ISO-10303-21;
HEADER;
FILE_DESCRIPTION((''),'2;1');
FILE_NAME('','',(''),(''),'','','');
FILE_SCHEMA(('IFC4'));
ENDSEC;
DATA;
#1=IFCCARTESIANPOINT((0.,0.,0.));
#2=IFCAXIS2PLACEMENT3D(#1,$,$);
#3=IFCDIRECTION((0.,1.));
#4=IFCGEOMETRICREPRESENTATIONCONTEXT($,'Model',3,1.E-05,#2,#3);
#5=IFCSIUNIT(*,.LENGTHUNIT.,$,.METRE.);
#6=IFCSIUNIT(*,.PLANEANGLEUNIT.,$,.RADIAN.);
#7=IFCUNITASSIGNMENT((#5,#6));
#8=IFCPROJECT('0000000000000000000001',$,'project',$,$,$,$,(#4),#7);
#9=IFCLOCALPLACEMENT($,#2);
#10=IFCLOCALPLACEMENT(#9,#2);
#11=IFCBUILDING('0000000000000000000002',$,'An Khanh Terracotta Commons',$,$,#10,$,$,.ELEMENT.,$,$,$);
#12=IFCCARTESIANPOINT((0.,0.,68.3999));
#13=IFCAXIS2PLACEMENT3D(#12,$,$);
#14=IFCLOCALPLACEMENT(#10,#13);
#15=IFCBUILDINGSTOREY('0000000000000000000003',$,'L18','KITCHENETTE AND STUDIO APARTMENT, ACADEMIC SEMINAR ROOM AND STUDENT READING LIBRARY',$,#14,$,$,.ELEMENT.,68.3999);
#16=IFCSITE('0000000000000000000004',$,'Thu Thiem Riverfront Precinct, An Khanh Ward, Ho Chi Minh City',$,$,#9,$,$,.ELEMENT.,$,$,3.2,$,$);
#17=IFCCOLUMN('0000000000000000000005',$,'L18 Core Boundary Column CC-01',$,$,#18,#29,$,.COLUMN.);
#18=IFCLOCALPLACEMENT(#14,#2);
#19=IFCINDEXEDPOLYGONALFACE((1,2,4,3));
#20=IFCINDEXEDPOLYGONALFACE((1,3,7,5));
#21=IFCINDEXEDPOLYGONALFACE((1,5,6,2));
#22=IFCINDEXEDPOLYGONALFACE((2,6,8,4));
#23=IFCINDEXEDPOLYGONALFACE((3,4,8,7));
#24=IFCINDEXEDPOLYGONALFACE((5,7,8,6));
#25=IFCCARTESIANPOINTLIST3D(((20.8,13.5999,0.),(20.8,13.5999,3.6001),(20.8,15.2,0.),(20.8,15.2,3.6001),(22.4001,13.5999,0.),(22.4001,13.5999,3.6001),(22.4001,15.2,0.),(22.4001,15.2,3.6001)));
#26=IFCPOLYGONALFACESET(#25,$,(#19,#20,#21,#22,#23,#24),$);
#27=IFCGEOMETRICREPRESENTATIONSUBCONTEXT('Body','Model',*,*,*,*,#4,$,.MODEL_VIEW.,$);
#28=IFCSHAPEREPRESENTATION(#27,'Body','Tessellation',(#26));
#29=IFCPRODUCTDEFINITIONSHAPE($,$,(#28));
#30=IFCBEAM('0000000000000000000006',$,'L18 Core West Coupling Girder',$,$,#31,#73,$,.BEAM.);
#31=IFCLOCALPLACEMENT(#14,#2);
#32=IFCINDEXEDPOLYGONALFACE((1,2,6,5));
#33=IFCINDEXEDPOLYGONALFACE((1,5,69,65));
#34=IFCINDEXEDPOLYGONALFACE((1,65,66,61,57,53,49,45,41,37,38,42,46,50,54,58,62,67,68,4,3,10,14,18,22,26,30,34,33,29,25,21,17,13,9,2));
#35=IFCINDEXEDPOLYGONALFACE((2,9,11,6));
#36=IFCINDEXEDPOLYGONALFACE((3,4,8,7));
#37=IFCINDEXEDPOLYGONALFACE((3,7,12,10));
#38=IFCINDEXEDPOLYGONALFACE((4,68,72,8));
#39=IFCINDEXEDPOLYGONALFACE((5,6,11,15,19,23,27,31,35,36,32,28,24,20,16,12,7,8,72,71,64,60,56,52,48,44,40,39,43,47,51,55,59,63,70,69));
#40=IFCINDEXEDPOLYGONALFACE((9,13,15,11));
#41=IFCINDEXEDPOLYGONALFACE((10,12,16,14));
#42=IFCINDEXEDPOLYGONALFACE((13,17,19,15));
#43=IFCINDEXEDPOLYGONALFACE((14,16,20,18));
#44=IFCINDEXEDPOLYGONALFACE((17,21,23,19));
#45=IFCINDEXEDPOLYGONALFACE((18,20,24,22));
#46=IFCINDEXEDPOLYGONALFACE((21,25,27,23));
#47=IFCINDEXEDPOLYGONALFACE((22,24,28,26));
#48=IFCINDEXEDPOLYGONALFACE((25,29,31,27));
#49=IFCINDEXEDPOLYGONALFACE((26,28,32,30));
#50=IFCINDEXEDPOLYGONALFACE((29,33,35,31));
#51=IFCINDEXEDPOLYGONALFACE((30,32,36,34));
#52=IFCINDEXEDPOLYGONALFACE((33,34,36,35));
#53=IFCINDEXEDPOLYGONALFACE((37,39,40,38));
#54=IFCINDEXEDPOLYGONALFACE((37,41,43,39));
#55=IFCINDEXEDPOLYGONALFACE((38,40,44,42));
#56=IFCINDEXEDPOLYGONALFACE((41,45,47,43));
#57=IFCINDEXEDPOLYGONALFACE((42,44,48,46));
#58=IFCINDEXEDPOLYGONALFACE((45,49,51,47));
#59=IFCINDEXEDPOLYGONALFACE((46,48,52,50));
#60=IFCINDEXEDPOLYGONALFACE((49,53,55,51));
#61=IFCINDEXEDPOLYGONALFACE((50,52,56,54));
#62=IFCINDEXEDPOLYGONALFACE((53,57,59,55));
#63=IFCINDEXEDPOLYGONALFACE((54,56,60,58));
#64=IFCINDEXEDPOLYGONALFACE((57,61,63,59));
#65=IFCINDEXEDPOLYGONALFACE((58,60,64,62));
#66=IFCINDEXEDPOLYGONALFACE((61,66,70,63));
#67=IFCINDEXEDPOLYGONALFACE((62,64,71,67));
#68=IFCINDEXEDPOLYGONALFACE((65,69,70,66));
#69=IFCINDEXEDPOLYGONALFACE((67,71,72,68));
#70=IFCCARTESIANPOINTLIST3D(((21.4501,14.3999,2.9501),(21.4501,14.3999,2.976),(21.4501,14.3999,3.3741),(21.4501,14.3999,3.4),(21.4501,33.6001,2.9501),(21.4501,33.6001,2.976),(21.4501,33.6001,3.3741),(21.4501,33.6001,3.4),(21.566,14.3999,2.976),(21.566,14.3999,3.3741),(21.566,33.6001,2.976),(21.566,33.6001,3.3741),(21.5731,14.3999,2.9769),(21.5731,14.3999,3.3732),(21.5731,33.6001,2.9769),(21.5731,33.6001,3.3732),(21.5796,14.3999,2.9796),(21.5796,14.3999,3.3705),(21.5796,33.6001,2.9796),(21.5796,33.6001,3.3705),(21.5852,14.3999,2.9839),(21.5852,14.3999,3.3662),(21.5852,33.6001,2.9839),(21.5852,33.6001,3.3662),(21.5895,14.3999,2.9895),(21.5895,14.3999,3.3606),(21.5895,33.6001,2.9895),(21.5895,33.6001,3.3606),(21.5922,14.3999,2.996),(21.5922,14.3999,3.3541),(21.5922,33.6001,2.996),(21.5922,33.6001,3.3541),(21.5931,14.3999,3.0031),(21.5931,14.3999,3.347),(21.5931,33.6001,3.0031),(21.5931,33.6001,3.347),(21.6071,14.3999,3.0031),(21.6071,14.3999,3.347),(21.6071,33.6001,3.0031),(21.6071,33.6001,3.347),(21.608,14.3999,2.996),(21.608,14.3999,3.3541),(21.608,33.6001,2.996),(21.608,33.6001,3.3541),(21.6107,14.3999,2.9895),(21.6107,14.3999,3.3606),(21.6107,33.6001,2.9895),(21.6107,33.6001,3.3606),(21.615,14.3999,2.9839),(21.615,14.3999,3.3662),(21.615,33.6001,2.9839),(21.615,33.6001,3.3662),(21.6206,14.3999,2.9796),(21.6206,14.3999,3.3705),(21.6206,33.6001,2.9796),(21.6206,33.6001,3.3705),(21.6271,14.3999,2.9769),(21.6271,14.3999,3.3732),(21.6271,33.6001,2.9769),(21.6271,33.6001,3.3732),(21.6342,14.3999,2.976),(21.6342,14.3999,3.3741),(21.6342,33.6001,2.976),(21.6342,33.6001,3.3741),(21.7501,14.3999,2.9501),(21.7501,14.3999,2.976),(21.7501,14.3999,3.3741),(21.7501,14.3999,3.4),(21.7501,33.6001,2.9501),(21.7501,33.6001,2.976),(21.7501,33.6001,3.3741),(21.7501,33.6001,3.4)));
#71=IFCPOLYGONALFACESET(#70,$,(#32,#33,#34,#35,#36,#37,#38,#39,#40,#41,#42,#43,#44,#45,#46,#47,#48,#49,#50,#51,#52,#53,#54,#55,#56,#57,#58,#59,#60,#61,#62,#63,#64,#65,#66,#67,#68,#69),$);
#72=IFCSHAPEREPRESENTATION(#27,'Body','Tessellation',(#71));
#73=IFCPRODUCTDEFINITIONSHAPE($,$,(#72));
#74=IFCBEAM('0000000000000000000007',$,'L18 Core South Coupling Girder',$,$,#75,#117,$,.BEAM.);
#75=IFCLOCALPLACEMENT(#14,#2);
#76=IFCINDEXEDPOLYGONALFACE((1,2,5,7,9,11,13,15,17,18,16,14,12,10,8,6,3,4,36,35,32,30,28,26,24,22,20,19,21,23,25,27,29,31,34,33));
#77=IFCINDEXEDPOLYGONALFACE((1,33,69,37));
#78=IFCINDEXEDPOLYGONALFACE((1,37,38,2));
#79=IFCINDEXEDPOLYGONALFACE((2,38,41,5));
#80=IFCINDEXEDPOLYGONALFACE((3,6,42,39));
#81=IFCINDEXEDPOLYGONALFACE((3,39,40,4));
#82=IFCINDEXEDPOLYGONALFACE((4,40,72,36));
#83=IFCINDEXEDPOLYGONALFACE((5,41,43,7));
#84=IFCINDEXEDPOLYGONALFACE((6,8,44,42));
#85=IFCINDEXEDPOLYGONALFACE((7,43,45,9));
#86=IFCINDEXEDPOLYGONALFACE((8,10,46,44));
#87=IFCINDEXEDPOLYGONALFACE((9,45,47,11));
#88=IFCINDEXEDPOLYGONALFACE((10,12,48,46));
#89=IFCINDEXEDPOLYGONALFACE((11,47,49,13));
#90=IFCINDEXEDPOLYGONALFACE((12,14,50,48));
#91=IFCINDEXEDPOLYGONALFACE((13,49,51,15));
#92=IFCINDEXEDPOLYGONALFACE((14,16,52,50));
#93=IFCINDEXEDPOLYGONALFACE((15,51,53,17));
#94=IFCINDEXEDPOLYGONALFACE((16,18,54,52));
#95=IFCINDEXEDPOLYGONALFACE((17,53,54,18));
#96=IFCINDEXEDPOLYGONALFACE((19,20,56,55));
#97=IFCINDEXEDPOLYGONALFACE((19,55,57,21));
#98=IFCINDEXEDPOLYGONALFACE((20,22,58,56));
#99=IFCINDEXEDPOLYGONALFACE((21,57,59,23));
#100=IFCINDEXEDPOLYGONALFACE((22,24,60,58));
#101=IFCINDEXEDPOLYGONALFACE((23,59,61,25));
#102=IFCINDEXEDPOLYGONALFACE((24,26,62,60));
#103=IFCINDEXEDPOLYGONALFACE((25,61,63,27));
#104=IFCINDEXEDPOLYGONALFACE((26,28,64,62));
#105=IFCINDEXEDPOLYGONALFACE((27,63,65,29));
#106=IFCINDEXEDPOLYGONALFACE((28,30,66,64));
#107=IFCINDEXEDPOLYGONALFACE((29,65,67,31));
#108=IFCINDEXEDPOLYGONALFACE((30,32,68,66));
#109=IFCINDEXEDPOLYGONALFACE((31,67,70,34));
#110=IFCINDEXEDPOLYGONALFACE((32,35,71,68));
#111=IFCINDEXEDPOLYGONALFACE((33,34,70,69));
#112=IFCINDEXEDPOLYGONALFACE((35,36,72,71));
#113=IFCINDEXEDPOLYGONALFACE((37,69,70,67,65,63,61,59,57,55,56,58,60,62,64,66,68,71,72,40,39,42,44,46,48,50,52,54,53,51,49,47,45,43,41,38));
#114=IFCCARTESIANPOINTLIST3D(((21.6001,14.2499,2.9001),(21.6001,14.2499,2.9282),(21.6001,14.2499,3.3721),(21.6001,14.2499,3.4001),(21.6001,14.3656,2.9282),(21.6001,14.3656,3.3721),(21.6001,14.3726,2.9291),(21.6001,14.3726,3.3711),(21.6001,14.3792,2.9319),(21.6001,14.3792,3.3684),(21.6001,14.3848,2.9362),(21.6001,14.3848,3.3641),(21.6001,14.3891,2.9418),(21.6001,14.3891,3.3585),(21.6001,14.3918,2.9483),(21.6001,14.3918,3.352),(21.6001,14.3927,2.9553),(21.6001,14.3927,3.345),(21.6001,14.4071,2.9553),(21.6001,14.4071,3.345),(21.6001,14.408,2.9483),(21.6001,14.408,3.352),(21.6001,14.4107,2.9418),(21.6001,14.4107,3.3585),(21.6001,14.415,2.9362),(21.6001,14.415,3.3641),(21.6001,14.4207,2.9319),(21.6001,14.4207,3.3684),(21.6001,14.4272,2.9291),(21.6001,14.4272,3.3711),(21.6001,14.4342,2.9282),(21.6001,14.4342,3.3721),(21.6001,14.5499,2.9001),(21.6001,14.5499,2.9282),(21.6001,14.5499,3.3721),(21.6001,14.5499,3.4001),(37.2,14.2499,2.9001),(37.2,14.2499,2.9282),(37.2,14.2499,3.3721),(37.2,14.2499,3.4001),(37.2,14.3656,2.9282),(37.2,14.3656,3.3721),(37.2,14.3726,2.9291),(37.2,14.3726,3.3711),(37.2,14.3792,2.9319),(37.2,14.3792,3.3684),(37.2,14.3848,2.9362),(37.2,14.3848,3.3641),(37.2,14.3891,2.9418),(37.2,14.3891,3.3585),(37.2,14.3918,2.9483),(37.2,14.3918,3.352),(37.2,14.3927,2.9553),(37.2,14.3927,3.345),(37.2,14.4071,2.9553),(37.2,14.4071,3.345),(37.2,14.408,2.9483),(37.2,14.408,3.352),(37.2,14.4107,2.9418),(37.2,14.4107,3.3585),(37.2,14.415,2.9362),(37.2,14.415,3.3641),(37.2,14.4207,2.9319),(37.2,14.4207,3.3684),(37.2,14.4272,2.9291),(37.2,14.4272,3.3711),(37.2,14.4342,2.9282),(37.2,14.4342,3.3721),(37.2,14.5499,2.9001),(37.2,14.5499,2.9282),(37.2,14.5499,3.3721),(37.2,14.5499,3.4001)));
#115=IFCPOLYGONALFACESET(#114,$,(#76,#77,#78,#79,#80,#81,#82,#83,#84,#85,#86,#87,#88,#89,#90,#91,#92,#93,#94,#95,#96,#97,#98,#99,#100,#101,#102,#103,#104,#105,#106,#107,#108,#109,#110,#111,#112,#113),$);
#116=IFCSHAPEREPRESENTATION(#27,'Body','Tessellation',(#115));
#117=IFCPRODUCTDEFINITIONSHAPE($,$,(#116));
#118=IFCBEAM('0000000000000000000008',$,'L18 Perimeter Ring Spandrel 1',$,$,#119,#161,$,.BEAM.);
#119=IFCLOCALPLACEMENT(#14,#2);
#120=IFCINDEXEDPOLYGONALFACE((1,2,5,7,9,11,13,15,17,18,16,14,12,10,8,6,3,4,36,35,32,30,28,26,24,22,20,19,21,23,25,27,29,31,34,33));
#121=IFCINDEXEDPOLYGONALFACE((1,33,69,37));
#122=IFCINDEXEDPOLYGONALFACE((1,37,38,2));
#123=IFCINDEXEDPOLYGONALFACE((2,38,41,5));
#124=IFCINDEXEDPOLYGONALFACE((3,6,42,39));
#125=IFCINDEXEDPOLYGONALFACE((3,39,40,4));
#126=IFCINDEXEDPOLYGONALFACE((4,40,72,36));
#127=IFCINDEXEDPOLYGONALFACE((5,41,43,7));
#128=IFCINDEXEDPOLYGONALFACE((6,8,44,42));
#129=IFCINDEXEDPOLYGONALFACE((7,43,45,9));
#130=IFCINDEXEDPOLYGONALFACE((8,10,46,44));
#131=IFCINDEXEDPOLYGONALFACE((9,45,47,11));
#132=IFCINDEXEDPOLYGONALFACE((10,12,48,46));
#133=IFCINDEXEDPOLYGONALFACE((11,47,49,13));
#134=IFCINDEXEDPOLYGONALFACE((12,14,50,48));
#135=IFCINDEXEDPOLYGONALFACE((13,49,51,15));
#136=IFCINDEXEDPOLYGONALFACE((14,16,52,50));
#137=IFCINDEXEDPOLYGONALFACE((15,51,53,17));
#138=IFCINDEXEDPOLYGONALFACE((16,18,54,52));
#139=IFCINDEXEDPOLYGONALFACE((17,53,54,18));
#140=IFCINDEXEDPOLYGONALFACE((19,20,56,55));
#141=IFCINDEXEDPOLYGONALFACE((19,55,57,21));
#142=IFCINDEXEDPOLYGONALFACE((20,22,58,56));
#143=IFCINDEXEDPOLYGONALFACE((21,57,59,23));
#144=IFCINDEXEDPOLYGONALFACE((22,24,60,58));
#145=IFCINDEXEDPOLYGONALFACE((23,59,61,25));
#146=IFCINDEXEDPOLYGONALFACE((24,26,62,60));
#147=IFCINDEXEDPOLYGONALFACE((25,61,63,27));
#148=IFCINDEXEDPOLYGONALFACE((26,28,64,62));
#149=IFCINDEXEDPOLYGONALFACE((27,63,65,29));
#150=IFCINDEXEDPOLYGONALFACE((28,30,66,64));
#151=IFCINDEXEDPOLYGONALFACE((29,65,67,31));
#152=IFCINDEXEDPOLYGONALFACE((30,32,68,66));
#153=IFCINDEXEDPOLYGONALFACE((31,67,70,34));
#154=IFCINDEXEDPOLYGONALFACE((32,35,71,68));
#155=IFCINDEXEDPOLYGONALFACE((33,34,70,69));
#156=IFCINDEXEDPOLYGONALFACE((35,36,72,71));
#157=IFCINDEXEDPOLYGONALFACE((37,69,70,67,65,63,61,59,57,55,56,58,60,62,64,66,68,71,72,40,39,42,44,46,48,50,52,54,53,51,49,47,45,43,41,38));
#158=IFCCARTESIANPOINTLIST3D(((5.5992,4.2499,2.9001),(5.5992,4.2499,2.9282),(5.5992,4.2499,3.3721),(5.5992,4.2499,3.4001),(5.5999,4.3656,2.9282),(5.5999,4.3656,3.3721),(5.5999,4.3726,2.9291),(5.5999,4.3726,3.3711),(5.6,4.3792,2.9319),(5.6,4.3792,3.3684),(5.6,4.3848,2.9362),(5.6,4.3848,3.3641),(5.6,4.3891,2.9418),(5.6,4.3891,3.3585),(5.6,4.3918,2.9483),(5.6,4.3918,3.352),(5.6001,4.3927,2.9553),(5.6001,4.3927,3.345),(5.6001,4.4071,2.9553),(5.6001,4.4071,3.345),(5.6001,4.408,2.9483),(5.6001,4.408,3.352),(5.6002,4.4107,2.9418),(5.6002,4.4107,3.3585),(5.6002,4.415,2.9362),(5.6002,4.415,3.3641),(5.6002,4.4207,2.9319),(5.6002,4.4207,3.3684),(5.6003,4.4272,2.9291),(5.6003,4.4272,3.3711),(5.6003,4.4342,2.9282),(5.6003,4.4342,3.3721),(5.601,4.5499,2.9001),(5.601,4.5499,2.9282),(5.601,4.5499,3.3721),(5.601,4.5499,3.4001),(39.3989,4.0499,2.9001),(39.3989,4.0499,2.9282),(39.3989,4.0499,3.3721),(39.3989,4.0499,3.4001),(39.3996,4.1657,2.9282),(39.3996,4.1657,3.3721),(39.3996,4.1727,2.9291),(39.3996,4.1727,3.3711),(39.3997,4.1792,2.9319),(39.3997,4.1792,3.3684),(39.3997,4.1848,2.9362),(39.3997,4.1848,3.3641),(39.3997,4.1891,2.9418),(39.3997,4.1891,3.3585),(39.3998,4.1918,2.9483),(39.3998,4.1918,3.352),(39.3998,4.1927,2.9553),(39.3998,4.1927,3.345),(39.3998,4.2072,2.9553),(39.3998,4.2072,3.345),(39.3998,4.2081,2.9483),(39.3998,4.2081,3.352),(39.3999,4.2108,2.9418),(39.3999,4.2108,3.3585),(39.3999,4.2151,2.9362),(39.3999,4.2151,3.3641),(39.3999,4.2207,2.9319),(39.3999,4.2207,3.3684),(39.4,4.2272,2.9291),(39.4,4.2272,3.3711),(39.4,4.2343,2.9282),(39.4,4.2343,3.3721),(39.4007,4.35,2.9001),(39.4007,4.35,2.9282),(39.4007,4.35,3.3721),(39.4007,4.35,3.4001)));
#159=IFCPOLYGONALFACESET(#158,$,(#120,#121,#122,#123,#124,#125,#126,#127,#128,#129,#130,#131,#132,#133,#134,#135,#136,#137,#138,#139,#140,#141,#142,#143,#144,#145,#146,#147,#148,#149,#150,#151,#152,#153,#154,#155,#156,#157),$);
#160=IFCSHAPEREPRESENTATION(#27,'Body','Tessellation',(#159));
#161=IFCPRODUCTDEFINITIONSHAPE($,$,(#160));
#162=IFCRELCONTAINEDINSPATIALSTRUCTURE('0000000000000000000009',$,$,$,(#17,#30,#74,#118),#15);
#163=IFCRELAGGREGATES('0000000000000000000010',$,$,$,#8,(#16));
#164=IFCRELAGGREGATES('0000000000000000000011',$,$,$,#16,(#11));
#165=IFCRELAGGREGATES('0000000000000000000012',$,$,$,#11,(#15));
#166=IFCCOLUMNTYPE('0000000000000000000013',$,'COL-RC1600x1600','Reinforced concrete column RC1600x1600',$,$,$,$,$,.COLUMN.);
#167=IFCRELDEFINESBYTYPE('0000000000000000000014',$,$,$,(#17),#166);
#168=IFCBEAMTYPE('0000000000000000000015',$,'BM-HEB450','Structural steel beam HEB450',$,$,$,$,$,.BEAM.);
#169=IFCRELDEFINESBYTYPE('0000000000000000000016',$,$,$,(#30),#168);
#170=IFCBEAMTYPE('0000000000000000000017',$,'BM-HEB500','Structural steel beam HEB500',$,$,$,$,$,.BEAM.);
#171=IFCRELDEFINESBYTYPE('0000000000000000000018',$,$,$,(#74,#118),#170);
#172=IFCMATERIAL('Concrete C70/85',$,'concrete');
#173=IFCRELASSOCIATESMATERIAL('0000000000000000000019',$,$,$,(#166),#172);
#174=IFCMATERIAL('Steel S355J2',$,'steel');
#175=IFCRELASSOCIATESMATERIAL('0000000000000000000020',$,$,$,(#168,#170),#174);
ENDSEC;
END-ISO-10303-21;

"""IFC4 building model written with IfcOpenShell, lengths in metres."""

from ifc_helpers import new_model, si_unit, direction, frame, origin, origin_2d, place, context, subcontext, project, spatial, rectangle, i_section, extrude, material, material_profile, profile_set, type_object, element, save


model = new_model("IFC4")

# Units and contexts
model_context = context("Model", 3, precision=1e-05, world=origin(), true_north=direction((0.0, 1.0)))
body_context = subcontext(model_context, "Body", "Model", "MODEL_VIEW")
ifc_project = project(units=[si_unit("LENGTHUNIT", "METRE"), si_unit("PLANEANGLEUNIT", "RADIAN")], contexts=[model_context])

# Site, building, storey
site_placement = place(None, origin())
site = spatial("IfcSite", under=ifc_project, at=site_placement, Name="Thu Thiem Riverfront Precinct, An Khanh Ward, Ho Chi Minh City", CompositionType="ELEMENT", RefElevation=3.2)
building_placement = place(site_placement, origin())
building = spatial("IfcBuilding", under=site, at=building_placement, Name="An Khanh Terracotta Commons", CompositionType="ELEMENT")
storey_placement = place(building_placement, frame((0.0, 0.0, 68.3999)))
storey = spatial("IfcBuildingStorey", under=building, at=storey_placement, Name="L18", Description="KITCHENETTE AND STUDIO APARTMENT, ACADEMIC SEMINAR ROOM AND STUDENT READING LIBRARY", CompositionType="ELEMENT", Elevation=68.3999)

# Column
ifc_material_1 = material(Name="Concrete C70/85", Category="concrete")
ifc_material_profile_1 = material_profile(ifc_material_1, rectangle(XDim=1.6001, YDim=1.6001, at=origin_2d()), Name="RC1600x1600")
ifc_profile_set_1 = profile_set([ifc_material_profile_1], Name="Concrete C70/85")
column_type = type_object("IfcColumnType", Name="COL-RC1600x1600", Description="Reinforced concrete column RC1600x1600", PredefinedType="COLUMN", material=ifc_profile_set_1)
column_placement = place(storey_placement, frame((21.6001, 14.3999, 0.0), z_axis=(0.0, 0.0, 1.0), x_axis=(1.0, 0.0, 0.0)))
element("IfcColumn", 1, at=column_placement, inside=storey, type_object=column_type, Name="L18 Core Boundary Column CC-01", PredefinedType="COLUMN", context=body_context, shape_type="SweptSolid", body=[
    extrude(rectangle(XDim=1.6001, YDim=1.6001, at=origin_2d()), origin(), (0.0, 0.0, 1.0), 3.6001),
])

# Beams
ifc_material_2 = material(Name="Steel S355J2", Category="steel")
ifc_material_profile_2 = material_profile(ifc_material_2, i_section(OverallWidth=0.3, OverallDepth=0.45, WebThickness=0.0139, FlangeThickness=0.0259, FilletRadius=0.0271, at=origin_2d()), Name="HEB450")
ifc_profile_set_2 = profile_set([ifc_material_profile_2], Name="Steel S355J2")
beam_type_1 = type_object("IfcBeamType", Name="BM-HEB450", Description="Structural steel beam HEB450", PredefinedType="BEAM", material=ifc_profile_set_2)
beam_1_placement = place(storey_placement, frame((21.6001, 14.3999, 3.175), z_axis=(0.0, 1.0, 0.0), x_axis=(-1.0, 0.0, 0.0)))
element("IfcBeam", 2, at=beam_1_placement, inside=storey, type_object=beam_type_1, Name="L18 Core West Coupling Girder", PredefinedType="BEAM", context=body_context, shape_type="SweptSolid", body=[
    extrude(i_section(OverallWidth=0.3, OverallDepth=0.45, WebThickness=0.0139, FlangeThickness=0.0259, FilletRadius=0.0271, at=origin_2d()), origin(), (0.0, 0.0, 1.0), 19.2002),
])
ifc_material_profile_3 = material_profile(ifc_material_2, i_section(OverallWidth=0.3, OverallDepth=0.5, WebThickness=0.0144, FlangeThickness=0.0281, FilletRadius=0.0271, at=origin_2d()), Name="HEB500")
ifc_profile_set_3 = profile_set([ifc_material_profile_3], Name="Steel S355J2")
beam_type_2 = type_object("IfcBeamType", Name="BM-HEB500", Description="Structural steel beam HEB500", PredefinedType="BEAM", material=ifc_profile_set_3)
beam_2_placement = place(storey_placement, frame((21.6001, 14.3999, 3.1501), z_axis=(1.0, 0.0, 0.0), x_axis=(0.0, 1.0, 0.0)))
element("IfcBeam", 3, at=beam_2_placement, inside=storey, type_object=beam_type_2, Name="L18 Core South Coupling Girder", PredefinedType="BEAM", context=body_context, shape_type="SweptSolid", body=[
    extrude(i_section(OverallWidth=0.3, OverallDepth=0.5, WebThickness=0.0144, FlangeThickness=0.0281, FilletRadius=0.0271, at=origin_2d()), origin(), (0.0, 0.0, 1.0), 15.5999),
])
beam_3_placement = place(storey_placement, frame((5.6001, 4.3999, 3.1501), z_axis=(0.999983, -0.005916, 0.0), x_axis=(0.005916, 0.999983, 0.0)))
element("IfcBeam", 4, at=beam_3_placement, inside=storey, type_object=beam_type_2, Name="L18 Perimeter Ring Spandrel 1", PredefinedType="BEAM", context=body_context, shape_type="SweptSolid", body=[
    extrude(i_section(OverallWidth=0.3, OverallDepth=0.5, WebThickness=0.0144, FlangeThickness=0.0281, FilletRadius=0.0271, at=origin_2d()), origin(), (0.0, 0.0, 1.0), 33.8003),
])

save(model, "model.ifc")
